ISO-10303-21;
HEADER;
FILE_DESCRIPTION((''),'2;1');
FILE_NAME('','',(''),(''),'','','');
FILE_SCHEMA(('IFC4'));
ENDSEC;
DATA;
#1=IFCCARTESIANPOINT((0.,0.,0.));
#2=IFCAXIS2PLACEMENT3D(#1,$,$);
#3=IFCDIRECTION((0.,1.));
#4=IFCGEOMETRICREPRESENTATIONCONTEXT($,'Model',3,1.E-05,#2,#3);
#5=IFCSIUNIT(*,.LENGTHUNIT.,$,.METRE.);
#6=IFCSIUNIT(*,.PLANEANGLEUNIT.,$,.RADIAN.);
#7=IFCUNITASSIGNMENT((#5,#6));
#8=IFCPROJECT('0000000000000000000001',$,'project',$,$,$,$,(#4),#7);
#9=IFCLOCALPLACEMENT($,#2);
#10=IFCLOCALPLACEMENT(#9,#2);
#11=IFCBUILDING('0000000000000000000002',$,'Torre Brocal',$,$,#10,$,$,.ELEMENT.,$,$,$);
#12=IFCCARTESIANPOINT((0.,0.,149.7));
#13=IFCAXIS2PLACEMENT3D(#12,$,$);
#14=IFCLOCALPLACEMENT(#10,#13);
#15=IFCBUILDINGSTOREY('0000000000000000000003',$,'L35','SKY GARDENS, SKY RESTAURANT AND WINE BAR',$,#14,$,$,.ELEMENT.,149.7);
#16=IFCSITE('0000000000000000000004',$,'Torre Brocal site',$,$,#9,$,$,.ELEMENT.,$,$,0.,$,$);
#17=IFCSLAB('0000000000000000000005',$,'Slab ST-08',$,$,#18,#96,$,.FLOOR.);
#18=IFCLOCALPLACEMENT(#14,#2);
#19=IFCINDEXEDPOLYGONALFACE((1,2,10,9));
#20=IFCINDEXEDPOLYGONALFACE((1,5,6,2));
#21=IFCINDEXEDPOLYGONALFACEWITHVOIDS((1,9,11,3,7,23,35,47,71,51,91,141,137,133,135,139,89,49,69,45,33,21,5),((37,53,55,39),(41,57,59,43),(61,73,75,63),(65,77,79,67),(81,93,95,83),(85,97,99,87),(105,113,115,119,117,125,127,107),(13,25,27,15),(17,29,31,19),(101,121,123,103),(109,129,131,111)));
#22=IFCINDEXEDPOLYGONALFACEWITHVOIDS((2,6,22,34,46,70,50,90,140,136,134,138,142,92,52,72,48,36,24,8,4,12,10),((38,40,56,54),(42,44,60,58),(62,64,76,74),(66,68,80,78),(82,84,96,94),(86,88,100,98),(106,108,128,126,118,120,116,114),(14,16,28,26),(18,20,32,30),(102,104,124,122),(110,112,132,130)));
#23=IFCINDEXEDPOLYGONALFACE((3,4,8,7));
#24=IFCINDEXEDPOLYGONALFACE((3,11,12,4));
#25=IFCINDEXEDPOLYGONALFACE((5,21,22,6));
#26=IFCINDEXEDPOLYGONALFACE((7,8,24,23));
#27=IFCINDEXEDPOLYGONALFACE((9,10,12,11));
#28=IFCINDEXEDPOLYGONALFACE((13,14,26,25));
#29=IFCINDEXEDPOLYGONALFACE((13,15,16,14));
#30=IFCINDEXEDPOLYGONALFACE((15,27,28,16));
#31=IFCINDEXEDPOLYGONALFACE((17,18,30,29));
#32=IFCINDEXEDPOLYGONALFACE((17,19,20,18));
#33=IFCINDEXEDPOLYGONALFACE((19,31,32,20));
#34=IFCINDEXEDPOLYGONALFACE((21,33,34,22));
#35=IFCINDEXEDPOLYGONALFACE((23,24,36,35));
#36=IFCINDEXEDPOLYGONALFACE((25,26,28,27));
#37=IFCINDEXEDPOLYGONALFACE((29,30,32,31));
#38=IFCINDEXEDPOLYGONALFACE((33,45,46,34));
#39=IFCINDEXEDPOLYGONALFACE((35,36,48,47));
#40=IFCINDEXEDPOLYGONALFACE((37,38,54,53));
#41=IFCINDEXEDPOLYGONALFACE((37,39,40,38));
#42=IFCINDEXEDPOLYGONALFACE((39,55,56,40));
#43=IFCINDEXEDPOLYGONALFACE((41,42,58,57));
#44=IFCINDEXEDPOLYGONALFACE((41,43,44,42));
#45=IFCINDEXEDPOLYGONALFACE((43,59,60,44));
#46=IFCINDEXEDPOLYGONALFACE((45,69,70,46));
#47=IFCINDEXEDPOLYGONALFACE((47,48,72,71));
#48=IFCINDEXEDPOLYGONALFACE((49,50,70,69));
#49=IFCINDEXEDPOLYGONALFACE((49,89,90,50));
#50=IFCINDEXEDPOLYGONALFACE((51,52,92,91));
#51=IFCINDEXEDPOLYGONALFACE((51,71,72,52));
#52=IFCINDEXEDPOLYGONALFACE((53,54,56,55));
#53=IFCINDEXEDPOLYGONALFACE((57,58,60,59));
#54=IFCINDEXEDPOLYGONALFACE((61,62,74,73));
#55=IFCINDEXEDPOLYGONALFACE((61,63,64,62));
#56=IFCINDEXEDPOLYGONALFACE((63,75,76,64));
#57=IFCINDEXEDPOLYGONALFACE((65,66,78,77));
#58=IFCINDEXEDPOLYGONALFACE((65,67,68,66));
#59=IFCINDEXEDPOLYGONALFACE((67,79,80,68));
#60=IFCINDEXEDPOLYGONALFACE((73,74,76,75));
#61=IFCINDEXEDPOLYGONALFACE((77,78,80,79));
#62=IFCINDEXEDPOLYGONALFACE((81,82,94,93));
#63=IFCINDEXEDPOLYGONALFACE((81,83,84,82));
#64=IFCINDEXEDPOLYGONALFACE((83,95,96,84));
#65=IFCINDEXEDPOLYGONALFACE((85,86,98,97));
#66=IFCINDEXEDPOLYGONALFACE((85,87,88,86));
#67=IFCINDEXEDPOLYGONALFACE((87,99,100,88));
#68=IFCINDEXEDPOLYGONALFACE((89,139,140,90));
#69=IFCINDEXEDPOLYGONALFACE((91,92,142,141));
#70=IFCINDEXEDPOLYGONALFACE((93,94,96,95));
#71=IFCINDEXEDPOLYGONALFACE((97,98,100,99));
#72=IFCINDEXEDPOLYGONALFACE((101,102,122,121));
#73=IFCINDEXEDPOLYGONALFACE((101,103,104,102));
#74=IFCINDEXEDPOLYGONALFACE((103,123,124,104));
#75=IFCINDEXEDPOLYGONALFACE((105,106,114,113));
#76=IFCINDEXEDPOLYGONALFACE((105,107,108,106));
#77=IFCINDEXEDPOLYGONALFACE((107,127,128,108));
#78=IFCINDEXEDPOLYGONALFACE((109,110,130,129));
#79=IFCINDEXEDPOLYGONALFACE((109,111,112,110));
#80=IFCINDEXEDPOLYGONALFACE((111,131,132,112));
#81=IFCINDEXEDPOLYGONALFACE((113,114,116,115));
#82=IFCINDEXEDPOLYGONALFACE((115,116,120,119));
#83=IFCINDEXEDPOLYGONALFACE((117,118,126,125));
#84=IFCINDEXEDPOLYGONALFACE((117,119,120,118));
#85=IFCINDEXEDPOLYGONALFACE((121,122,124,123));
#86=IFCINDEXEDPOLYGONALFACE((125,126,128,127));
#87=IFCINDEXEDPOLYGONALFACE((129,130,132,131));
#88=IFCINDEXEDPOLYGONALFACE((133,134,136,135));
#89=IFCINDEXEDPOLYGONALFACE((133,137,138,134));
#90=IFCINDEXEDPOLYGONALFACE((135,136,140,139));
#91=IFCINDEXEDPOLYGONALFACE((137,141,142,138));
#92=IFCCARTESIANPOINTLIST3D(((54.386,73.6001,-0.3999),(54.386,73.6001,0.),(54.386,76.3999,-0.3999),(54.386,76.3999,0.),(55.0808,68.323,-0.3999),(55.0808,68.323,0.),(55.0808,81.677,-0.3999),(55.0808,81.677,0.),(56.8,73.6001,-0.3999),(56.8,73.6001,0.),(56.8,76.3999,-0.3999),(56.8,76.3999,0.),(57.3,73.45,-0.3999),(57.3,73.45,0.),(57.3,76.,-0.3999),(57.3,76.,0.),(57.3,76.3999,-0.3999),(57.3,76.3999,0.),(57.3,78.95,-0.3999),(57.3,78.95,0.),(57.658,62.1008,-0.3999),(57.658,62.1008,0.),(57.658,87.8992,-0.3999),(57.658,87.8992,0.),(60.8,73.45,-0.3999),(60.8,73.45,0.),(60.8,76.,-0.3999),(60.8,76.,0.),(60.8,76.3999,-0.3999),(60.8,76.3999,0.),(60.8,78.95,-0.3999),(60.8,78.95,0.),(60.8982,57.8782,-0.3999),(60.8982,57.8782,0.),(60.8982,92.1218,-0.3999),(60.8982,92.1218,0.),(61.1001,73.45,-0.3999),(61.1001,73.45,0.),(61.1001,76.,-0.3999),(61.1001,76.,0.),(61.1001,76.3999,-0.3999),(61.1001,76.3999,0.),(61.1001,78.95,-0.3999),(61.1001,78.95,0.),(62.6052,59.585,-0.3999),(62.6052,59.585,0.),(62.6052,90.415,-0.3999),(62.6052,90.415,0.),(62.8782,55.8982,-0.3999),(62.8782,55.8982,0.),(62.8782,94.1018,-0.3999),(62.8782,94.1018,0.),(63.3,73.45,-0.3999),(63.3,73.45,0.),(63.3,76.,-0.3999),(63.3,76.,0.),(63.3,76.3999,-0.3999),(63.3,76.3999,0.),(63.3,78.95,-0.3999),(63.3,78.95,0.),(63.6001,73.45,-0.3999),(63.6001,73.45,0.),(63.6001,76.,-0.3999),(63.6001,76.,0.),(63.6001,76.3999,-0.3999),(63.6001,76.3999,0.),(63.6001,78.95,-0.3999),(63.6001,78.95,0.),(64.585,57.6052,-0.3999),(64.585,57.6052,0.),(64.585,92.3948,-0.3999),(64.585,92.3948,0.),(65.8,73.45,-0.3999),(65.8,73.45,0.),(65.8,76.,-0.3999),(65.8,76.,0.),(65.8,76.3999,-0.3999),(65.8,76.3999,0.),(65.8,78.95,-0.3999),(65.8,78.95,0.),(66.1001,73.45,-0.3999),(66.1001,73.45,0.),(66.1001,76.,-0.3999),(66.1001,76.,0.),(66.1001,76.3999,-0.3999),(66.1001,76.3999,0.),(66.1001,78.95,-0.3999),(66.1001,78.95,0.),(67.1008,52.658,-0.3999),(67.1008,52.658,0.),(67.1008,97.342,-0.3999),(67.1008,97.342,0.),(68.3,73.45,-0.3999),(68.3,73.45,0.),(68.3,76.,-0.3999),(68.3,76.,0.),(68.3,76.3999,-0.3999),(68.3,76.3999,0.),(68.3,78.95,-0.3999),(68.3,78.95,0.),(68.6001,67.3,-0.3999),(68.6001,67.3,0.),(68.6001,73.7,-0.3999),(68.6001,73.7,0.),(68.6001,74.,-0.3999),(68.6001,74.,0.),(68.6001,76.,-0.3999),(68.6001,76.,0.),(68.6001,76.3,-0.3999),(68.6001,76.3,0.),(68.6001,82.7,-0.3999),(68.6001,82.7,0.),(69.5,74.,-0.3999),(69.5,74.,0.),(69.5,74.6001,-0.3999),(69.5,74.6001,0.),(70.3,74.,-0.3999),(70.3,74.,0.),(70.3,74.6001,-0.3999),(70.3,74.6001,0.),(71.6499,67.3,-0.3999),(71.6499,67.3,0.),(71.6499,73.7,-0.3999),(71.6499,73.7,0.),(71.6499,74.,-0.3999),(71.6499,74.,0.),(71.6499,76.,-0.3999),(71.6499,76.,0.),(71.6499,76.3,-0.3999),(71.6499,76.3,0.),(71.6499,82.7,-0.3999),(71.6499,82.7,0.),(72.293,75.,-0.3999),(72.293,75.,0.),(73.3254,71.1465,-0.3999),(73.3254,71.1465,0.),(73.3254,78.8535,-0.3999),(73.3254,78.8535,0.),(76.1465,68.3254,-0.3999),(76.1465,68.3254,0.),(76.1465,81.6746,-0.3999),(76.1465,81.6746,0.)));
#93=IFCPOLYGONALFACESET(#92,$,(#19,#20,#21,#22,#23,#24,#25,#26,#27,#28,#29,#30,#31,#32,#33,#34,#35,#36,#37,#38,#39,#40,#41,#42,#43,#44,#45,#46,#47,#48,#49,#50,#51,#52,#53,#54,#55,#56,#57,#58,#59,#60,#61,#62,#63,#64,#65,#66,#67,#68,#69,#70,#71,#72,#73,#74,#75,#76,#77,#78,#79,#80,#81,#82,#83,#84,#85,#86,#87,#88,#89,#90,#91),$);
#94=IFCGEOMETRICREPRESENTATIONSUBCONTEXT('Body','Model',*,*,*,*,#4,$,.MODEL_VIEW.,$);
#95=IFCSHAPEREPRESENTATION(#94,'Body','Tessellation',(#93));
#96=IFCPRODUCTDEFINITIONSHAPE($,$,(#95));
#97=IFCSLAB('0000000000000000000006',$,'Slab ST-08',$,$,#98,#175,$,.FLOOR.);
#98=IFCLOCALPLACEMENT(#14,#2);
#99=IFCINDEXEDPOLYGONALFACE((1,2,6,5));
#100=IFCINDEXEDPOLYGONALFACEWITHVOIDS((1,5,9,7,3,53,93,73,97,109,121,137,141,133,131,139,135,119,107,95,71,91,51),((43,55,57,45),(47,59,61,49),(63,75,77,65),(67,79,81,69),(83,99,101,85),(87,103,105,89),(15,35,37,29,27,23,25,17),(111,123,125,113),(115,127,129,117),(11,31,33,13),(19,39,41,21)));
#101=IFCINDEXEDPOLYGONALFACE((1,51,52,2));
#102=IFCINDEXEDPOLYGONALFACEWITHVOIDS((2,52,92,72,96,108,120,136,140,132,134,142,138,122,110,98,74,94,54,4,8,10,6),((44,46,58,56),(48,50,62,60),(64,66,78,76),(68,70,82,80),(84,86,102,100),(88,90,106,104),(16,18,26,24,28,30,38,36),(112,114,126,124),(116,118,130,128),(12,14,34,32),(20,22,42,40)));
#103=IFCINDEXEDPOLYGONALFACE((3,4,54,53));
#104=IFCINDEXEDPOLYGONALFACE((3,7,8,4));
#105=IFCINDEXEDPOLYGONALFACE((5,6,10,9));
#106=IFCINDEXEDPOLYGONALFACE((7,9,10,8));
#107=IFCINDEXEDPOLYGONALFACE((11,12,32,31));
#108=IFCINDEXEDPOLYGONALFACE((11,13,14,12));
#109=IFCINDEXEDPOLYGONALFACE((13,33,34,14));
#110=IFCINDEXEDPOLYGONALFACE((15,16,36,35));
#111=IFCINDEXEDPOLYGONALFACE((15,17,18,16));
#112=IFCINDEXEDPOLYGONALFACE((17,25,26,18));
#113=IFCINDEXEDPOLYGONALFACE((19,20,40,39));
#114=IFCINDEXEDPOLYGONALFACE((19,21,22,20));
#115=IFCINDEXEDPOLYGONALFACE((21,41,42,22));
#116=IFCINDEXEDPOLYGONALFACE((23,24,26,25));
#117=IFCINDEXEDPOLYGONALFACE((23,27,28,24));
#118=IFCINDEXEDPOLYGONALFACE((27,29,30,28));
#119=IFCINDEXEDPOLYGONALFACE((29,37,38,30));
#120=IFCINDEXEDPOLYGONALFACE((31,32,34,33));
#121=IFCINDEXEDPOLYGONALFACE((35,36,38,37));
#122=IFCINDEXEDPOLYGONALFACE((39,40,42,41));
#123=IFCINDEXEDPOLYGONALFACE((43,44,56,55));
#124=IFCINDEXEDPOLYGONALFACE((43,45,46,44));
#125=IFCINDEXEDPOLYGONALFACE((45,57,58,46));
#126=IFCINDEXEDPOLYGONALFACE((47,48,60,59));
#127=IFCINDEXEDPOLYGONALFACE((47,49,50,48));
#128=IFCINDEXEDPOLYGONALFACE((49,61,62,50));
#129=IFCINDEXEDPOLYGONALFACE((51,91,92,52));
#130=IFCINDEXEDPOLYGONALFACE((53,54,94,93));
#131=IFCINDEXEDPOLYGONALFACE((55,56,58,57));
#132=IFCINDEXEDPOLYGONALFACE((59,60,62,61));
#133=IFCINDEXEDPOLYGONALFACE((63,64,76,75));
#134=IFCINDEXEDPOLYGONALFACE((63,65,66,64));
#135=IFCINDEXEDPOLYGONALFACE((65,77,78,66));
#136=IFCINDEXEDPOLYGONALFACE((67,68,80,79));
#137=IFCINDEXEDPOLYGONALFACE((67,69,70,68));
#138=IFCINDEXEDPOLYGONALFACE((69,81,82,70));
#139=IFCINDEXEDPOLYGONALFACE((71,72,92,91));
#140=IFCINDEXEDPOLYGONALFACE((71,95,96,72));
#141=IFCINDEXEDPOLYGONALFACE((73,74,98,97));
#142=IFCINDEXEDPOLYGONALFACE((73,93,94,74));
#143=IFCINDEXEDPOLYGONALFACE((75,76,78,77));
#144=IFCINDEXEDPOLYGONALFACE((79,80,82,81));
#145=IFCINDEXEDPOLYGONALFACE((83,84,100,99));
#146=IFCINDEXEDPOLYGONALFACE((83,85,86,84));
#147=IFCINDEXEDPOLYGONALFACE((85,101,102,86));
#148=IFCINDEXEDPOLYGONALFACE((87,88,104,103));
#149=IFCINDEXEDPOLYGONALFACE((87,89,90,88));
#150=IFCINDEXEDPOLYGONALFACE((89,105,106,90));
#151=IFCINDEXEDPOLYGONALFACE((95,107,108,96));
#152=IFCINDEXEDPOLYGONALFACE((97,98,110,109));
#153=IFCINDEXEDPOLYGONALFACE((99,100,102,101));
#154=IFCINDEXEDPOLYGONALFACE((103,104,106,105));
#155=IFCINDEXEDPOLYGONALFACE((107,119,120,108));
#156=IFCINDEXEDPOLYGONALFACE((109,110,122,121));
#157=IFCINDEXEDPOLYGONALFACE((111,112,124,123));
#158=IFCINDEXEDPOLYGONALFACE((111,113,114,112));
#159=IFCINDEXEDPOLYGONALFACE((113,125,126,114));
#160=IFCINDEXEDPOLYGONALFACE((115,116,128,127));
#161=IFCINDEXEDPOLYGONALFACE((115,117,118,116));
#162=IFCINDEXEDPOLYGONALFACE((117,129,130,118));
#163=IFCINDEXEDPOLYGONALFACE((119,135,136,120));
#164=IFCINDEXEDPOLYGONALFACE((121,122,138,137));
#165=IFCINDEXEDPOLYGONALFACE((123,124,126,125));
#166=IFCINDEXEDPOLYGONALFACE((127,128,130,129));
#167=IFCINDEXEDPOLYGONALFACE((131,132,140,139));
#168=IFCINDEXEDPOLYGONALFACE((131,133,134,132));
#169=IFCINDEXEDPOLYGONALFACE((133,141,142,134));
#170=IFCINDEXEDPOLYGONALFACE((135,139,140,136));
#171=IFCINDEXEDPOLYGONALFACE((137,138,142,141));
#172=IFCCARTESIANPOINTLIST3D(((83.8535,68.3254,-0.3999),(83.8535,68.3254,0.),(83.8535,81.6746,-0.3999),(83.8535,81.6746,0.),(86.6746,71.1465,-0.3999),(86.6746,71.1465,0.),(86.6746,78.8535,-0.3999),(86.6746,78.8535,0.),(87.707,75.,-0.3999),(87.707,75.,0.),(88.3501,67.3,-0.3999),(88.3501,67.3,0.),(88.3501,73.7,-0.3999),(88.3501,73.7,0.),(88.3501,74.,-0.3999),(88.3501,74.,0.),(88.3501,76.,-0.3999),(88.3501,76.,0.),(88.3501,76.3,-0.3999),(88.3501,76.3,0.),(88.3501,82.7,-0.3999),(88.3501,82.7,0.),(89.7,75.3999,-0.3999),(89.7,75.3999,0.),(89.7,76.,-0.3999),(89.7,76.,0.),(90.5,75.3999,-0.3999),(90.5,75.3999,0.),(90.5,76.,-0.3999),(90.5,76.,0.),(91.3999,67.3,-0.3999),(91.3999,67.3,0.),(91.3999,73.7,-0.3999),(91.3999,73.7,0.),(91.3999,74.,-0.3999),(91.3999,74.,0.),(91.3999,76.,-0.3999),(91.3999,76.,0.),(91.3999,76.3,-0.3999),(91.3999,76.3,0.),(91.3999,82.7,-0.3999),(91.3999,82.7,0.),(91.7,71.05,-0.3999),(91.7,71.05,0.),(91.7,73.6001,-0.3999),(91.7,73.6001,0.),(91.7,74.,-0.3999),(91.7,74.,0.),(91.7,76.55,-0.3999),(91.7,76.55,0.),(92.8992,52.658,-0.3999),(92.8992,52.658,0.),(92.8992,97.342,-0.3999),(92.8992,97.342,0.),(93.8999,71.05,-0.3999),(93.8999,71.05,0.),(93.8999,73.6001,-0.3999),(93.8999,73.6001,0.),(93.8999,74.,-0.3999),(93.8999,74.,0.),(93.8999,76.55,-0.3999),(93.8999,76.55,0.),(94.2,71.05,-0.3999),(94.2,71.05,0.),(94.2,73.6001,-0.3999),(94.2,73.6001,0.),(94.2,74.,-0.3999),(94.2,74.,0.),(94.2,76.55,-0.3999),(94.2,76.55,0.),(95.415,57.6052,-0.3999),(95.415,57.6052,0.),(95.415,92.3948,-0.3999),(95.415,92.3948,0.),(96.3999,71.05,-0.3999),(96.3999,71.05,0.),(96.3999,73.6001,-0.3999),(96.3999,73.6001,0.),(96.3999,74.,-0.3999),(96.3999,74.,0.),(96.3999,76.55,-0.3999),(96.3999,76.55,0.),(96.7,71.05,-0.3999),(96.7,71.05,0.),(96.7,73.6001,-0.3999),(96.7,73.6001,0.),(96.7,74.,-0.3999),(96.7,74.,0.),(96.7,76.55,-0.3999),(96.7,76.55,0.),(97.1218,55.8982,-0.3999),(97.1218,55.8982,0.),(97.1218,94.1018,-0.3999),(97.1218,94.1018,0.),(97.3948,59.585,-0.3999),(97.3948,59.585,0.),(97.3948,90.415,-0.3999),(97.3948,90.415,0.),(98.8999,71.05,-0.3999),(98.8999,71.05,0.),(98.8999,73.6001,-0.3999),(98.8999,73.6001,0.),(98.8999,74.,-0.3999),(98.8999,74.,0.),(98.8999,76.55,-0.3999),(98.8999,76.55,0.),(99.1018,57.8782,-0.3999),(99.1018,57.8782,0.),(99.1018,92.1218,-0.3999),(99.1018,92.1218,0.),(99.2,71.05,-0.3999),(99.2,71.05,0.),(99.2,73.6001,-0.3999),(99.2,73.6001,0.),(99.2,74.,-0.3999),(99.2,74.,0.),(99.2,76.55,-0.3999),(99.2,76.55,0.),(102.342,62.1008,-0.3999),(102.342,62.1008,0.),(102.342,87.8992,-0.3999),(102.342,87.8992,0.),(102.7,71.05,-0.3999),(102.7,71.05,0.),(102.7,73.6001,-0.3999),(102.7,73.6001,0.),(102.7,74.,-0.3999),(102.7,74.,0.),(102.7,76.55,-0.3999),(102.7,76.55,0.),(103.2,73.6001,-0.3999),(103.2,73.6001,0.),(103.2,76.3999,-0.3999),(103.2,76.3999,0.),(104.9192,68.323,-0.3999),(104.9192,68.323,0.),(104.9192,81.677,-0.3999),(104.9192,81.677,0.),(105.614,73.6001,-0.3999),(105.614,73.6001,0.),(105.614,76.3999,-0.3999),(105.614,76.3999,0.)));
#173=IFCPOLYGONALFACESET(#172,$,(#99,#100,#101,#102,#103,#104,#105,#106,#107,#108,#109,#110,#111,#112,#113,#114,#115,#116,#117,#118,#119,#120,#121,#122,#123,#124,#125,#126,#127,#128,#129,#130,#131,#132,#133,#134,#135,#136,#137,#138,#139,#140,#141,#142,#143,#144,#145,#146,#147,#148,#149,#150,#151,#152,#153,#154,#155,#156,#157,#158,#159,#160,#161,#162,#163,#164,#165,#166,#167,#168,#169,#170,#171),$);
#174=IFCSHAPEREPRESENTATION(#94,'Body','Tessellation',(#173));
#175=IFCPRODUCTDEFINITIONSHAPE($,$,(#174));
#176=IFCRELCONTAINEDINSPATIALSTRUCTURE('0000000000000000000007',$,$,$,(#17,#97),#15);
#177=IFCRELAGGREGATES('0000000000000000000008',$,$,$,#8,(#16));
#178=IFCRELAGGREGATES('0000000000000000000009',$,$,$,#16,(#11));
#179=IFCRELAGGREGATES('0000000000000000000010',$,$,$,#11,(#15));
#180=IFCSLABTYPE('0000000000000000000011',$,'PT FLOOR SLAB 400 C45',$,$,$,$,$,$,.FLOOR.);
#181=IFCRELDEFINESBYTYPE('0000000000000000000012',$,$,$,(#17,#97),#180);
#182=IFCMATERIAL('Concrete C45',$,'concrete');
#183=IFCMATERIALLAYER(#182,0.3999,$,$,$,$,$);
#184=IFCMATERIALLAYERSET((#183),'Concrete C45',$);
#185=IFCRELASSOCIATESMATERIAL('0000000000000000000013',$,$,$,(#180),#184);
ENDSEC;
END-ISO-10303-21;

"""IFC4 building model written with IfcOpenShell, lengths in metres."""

from ifc_helpers import new_model, si_unit, direction, frame, origin, place, context, subcontext, project, spatial, polyline, outline, extrude, material, layer, layer_set, type_object, element, save


model = new_model("IFC4")

# Units and contexts
model_context = context("Model", 3, precision=1e-05, world=origin(), true_north=direction((0.0, 1.0)))
body_context = subcontext(model_context, "Body", "Model", "MODEL_VIEW")
ifc_project = project(units=[si_unit("LENGTHUNIT", "METRE"), si_unit("PLANEANGLEUNIT", "RADIAN")], contexts=[model_context])

# Site, building, storey
site_placement = place(None, origin())
site = spatial("IfcSite", under=ifc_project, at=site_placement, Name="Torre Brocal site", CompositionType="ELEMENT", RefElevation=0.0)
building_placement = place(site_placement, origin())
building = spatial("IfcBuilding", under=site, at=building_placement, Name="Torre Brocal", CompositionType="ELEMENT")
storey_placement = place(building_placement, frame((0.0, 0.0, 149.7)))
storey = spatial("IfcBuildingStorey", under=building, at=storey_placement, Name="L35", Description="SKY GARDENS, SKY RESTAURANT AND WINE BAR", CompositionType="ELEMENT", Elevation=149.7)

# Slabs
ifc_material_1 = material(Name="Concrete C45", Category="concrete")
ifc_layer_1 = layer(ifc_material_1, 0.3999)
ifc_layer_set_1 = layer_set([ifc_layer_1], Name="Concrete C45")
slab_type_1 = type_object("IfcSlabType", Name="PT FLOOR SLAB 400 C45", PredefinedType="FLOOR", material=ifc_layer_set_1)
slab_1_placement = place(storey_placement, frame((0.0, 0.0, -0.3999)))
element("IfcSlab", 1, at=slab_1_placement, inside=storey, type_object=slab_type_1, Name="Slab ST-08", PredefinedType="FLOOR", context=body_context, shape_type="SweptSolid", body=[
    extrude(outline(polyline([(60.8982, 57.8782), (57.658, 62.1008), (55.0808, 68.323), (54.386, 73.6001), (56.8, 73.6001), (56.8, 76.3999), (54.386, 76.3999), (55.0808, 81.677), (57.658, 87.8992), (60.8982, 92.1218), (62.6052, 90.415), (64.585, 92.3948), (62.8782, 94.1018), (67.1008, 97.342), (76.1465, 81.6746), (73.3254, 78.8535), (72.293, 75.0), (73.3254, 71.1465), (76.1465, 68.3254), (67.1008, 52.658), (62.8782, 55.8982), (64.585, 57.6052), (62.6052, 59.585), (60.8982, 57.8782)]), holes=[polyline([(68.6001, 67.3), (71.6499, 67.3), (71.6499, 73.7), (68.6001, 73.7), (68.6001, 67.3)]), polyline([(70.3, 74.0), (71.6499, 74.0), (71.6499, 76.0), (68.6001, 76.0), (68.6001, 74.0), (69.5, 74.0), (69.5, 74.6001), (70.3, 74.6001), (70.3, 74.0)]), polyline([(68.6001, 82.7), (68.6001, 76.3), (71.6499, 76.3), (71.6499, 82.7), (68.6001, 82.7)]), polyline([(66.1001, 76.0), (66.1001, 73.45), (68.3, 73.45), (68.3, 76.0), (66.1001, 76.0)]), polyline([(66.1001, 78.95), (66.1001, 76.3999), (68.3, 76.3999), (68.3, 78.95), (66.1001, 78.95)]), polyline([(63.6001, 76.3999), (65.8, 76.3999), (65.8, 78.95), (63.6001, 78.95), (63.6001, 76.3999)]), polyline([(63.6001, 76.0), (63.6001, 73.45), (65.8, 73.45), (65.8, 76.0), (63.6001, 76.0)]), polyline([(61.1001, 73.45), (63.3, 73.45), (63.3, 76.0), (61.1001, 76.0), (61.1001, 73.45)]), polyline([(61.1001, 78.95), (61.1001, 76.3999), (63.3, 76.3999), (63.3, 78.95), (61.1001, 78.95)]), polyline([(57.3, 73.45), (60.8, 73.45), (60.8, 76.0), (57.3, 76.0), (57.3, 73.45)]), polyline([(57.3, 78.95), (57.3, 76.3999), (60.8, 76.3999), (60.8, 78.95), (57.3, 78.95)])]), origin(), (0.0, 0.0, 1.0), 0.3999),
])
slab_2_placement = place(storey_placement, frame((0.0, 0.0, -0.3999)))
element("IfcSlab", 2, at=slab_2_placement, inside=storey, type_object=slab_type_1, Name="Slab ST-08", PredefinedType="FLOOR", context=body_context, shape_type="SweptSolid", body=[
    extrude(outline(polyline([(92.8992, 97.342), (97.1218, 94.1018), (95.415, 92.3948), (97.3948, 90.415), (99.1018, 92.1218), (102.342, 87.8992), (104.9192, 81.677), (105.614, 76.3999), (103.2, 76.3999), (103.2, 73.6001), (105.614, 73.6001), (104.9192, 68.323), (102.342, 62.1008), (99.1018, 57.8782), (97.3948, 59.585), (95.415, 57.6052), (97.1218, 55.8982), (92.8992, 52.658), (83.8535, 68.3254), (86.6746, 71.1465), (87.707, 75.0), (86.6746, 78.8535), (83.8535, 81.6746), (92.8992, 97.342)]), holes=[polyline([(102.7, 71.05), (102.7, 73.6001), (99.2, 73.6001), (99.2, 71.05), (102.7, 71.05)]), polyline([(102.7, 74.0), (102.7, 76.55), (99.2, 76.55), (99.2, 74.0), (102.7, 74.0)]), polyline([(98.8999, 71.05), (98.8999, 73.6001), (96.7, 73.6001), (96.7, 71.05), (98.8999, 71.05)]), polyline([(98.8999, 76.55), (96.7, 76.55), (96.7, 74.0), (98.8999, 74.0), (98.8999, 76.55)]), polyline([(96.3999, 74.0), (96.3999, 76.55), (94.2, 76.55), (94.2, 74.0), (96.3999, 74.0)]), polyline([(96.3999, 73.6001), (94.2, 73.6001), (94.2, 71.05), (96.3999, 71.05), (96.3999, 73.6001)]), polyline([(93.8999, 74.0), (93.8999, 76.55), (91.7, 76.55), (91.7, 74.0), (93.8999, 74.0)]), polyline([(93.8999, 73.6001), (91.7, 73.6001), (91.7, 71.05), (93.8999, 71.05), (93.8999, 73.6001)]), polyline([(91.3999, 76.3), (91.3999, 82.7), (88.3501, 82.7), (88.3501, 76.3), (91.3999, 76.3)]), polyline([(89.7, 76.0), (88.3501, 76.0), (88.3501, 74.0), (91.3999, 74.0), (91.3999, 76.0), (90.5, 76.0), (90.5, 75.3999), (89.7, 75.3999), (89.7, 76.0)]), polyline([(91.3999, 73.7), (88.3501, 73.7), (88.3501, 67.3), (91.3999, 67.3), (91.3999, 73.7)])]), origin(), (0.0, 0.0, 1.0), 0.3999),
])

save(model, "model.ifc")
